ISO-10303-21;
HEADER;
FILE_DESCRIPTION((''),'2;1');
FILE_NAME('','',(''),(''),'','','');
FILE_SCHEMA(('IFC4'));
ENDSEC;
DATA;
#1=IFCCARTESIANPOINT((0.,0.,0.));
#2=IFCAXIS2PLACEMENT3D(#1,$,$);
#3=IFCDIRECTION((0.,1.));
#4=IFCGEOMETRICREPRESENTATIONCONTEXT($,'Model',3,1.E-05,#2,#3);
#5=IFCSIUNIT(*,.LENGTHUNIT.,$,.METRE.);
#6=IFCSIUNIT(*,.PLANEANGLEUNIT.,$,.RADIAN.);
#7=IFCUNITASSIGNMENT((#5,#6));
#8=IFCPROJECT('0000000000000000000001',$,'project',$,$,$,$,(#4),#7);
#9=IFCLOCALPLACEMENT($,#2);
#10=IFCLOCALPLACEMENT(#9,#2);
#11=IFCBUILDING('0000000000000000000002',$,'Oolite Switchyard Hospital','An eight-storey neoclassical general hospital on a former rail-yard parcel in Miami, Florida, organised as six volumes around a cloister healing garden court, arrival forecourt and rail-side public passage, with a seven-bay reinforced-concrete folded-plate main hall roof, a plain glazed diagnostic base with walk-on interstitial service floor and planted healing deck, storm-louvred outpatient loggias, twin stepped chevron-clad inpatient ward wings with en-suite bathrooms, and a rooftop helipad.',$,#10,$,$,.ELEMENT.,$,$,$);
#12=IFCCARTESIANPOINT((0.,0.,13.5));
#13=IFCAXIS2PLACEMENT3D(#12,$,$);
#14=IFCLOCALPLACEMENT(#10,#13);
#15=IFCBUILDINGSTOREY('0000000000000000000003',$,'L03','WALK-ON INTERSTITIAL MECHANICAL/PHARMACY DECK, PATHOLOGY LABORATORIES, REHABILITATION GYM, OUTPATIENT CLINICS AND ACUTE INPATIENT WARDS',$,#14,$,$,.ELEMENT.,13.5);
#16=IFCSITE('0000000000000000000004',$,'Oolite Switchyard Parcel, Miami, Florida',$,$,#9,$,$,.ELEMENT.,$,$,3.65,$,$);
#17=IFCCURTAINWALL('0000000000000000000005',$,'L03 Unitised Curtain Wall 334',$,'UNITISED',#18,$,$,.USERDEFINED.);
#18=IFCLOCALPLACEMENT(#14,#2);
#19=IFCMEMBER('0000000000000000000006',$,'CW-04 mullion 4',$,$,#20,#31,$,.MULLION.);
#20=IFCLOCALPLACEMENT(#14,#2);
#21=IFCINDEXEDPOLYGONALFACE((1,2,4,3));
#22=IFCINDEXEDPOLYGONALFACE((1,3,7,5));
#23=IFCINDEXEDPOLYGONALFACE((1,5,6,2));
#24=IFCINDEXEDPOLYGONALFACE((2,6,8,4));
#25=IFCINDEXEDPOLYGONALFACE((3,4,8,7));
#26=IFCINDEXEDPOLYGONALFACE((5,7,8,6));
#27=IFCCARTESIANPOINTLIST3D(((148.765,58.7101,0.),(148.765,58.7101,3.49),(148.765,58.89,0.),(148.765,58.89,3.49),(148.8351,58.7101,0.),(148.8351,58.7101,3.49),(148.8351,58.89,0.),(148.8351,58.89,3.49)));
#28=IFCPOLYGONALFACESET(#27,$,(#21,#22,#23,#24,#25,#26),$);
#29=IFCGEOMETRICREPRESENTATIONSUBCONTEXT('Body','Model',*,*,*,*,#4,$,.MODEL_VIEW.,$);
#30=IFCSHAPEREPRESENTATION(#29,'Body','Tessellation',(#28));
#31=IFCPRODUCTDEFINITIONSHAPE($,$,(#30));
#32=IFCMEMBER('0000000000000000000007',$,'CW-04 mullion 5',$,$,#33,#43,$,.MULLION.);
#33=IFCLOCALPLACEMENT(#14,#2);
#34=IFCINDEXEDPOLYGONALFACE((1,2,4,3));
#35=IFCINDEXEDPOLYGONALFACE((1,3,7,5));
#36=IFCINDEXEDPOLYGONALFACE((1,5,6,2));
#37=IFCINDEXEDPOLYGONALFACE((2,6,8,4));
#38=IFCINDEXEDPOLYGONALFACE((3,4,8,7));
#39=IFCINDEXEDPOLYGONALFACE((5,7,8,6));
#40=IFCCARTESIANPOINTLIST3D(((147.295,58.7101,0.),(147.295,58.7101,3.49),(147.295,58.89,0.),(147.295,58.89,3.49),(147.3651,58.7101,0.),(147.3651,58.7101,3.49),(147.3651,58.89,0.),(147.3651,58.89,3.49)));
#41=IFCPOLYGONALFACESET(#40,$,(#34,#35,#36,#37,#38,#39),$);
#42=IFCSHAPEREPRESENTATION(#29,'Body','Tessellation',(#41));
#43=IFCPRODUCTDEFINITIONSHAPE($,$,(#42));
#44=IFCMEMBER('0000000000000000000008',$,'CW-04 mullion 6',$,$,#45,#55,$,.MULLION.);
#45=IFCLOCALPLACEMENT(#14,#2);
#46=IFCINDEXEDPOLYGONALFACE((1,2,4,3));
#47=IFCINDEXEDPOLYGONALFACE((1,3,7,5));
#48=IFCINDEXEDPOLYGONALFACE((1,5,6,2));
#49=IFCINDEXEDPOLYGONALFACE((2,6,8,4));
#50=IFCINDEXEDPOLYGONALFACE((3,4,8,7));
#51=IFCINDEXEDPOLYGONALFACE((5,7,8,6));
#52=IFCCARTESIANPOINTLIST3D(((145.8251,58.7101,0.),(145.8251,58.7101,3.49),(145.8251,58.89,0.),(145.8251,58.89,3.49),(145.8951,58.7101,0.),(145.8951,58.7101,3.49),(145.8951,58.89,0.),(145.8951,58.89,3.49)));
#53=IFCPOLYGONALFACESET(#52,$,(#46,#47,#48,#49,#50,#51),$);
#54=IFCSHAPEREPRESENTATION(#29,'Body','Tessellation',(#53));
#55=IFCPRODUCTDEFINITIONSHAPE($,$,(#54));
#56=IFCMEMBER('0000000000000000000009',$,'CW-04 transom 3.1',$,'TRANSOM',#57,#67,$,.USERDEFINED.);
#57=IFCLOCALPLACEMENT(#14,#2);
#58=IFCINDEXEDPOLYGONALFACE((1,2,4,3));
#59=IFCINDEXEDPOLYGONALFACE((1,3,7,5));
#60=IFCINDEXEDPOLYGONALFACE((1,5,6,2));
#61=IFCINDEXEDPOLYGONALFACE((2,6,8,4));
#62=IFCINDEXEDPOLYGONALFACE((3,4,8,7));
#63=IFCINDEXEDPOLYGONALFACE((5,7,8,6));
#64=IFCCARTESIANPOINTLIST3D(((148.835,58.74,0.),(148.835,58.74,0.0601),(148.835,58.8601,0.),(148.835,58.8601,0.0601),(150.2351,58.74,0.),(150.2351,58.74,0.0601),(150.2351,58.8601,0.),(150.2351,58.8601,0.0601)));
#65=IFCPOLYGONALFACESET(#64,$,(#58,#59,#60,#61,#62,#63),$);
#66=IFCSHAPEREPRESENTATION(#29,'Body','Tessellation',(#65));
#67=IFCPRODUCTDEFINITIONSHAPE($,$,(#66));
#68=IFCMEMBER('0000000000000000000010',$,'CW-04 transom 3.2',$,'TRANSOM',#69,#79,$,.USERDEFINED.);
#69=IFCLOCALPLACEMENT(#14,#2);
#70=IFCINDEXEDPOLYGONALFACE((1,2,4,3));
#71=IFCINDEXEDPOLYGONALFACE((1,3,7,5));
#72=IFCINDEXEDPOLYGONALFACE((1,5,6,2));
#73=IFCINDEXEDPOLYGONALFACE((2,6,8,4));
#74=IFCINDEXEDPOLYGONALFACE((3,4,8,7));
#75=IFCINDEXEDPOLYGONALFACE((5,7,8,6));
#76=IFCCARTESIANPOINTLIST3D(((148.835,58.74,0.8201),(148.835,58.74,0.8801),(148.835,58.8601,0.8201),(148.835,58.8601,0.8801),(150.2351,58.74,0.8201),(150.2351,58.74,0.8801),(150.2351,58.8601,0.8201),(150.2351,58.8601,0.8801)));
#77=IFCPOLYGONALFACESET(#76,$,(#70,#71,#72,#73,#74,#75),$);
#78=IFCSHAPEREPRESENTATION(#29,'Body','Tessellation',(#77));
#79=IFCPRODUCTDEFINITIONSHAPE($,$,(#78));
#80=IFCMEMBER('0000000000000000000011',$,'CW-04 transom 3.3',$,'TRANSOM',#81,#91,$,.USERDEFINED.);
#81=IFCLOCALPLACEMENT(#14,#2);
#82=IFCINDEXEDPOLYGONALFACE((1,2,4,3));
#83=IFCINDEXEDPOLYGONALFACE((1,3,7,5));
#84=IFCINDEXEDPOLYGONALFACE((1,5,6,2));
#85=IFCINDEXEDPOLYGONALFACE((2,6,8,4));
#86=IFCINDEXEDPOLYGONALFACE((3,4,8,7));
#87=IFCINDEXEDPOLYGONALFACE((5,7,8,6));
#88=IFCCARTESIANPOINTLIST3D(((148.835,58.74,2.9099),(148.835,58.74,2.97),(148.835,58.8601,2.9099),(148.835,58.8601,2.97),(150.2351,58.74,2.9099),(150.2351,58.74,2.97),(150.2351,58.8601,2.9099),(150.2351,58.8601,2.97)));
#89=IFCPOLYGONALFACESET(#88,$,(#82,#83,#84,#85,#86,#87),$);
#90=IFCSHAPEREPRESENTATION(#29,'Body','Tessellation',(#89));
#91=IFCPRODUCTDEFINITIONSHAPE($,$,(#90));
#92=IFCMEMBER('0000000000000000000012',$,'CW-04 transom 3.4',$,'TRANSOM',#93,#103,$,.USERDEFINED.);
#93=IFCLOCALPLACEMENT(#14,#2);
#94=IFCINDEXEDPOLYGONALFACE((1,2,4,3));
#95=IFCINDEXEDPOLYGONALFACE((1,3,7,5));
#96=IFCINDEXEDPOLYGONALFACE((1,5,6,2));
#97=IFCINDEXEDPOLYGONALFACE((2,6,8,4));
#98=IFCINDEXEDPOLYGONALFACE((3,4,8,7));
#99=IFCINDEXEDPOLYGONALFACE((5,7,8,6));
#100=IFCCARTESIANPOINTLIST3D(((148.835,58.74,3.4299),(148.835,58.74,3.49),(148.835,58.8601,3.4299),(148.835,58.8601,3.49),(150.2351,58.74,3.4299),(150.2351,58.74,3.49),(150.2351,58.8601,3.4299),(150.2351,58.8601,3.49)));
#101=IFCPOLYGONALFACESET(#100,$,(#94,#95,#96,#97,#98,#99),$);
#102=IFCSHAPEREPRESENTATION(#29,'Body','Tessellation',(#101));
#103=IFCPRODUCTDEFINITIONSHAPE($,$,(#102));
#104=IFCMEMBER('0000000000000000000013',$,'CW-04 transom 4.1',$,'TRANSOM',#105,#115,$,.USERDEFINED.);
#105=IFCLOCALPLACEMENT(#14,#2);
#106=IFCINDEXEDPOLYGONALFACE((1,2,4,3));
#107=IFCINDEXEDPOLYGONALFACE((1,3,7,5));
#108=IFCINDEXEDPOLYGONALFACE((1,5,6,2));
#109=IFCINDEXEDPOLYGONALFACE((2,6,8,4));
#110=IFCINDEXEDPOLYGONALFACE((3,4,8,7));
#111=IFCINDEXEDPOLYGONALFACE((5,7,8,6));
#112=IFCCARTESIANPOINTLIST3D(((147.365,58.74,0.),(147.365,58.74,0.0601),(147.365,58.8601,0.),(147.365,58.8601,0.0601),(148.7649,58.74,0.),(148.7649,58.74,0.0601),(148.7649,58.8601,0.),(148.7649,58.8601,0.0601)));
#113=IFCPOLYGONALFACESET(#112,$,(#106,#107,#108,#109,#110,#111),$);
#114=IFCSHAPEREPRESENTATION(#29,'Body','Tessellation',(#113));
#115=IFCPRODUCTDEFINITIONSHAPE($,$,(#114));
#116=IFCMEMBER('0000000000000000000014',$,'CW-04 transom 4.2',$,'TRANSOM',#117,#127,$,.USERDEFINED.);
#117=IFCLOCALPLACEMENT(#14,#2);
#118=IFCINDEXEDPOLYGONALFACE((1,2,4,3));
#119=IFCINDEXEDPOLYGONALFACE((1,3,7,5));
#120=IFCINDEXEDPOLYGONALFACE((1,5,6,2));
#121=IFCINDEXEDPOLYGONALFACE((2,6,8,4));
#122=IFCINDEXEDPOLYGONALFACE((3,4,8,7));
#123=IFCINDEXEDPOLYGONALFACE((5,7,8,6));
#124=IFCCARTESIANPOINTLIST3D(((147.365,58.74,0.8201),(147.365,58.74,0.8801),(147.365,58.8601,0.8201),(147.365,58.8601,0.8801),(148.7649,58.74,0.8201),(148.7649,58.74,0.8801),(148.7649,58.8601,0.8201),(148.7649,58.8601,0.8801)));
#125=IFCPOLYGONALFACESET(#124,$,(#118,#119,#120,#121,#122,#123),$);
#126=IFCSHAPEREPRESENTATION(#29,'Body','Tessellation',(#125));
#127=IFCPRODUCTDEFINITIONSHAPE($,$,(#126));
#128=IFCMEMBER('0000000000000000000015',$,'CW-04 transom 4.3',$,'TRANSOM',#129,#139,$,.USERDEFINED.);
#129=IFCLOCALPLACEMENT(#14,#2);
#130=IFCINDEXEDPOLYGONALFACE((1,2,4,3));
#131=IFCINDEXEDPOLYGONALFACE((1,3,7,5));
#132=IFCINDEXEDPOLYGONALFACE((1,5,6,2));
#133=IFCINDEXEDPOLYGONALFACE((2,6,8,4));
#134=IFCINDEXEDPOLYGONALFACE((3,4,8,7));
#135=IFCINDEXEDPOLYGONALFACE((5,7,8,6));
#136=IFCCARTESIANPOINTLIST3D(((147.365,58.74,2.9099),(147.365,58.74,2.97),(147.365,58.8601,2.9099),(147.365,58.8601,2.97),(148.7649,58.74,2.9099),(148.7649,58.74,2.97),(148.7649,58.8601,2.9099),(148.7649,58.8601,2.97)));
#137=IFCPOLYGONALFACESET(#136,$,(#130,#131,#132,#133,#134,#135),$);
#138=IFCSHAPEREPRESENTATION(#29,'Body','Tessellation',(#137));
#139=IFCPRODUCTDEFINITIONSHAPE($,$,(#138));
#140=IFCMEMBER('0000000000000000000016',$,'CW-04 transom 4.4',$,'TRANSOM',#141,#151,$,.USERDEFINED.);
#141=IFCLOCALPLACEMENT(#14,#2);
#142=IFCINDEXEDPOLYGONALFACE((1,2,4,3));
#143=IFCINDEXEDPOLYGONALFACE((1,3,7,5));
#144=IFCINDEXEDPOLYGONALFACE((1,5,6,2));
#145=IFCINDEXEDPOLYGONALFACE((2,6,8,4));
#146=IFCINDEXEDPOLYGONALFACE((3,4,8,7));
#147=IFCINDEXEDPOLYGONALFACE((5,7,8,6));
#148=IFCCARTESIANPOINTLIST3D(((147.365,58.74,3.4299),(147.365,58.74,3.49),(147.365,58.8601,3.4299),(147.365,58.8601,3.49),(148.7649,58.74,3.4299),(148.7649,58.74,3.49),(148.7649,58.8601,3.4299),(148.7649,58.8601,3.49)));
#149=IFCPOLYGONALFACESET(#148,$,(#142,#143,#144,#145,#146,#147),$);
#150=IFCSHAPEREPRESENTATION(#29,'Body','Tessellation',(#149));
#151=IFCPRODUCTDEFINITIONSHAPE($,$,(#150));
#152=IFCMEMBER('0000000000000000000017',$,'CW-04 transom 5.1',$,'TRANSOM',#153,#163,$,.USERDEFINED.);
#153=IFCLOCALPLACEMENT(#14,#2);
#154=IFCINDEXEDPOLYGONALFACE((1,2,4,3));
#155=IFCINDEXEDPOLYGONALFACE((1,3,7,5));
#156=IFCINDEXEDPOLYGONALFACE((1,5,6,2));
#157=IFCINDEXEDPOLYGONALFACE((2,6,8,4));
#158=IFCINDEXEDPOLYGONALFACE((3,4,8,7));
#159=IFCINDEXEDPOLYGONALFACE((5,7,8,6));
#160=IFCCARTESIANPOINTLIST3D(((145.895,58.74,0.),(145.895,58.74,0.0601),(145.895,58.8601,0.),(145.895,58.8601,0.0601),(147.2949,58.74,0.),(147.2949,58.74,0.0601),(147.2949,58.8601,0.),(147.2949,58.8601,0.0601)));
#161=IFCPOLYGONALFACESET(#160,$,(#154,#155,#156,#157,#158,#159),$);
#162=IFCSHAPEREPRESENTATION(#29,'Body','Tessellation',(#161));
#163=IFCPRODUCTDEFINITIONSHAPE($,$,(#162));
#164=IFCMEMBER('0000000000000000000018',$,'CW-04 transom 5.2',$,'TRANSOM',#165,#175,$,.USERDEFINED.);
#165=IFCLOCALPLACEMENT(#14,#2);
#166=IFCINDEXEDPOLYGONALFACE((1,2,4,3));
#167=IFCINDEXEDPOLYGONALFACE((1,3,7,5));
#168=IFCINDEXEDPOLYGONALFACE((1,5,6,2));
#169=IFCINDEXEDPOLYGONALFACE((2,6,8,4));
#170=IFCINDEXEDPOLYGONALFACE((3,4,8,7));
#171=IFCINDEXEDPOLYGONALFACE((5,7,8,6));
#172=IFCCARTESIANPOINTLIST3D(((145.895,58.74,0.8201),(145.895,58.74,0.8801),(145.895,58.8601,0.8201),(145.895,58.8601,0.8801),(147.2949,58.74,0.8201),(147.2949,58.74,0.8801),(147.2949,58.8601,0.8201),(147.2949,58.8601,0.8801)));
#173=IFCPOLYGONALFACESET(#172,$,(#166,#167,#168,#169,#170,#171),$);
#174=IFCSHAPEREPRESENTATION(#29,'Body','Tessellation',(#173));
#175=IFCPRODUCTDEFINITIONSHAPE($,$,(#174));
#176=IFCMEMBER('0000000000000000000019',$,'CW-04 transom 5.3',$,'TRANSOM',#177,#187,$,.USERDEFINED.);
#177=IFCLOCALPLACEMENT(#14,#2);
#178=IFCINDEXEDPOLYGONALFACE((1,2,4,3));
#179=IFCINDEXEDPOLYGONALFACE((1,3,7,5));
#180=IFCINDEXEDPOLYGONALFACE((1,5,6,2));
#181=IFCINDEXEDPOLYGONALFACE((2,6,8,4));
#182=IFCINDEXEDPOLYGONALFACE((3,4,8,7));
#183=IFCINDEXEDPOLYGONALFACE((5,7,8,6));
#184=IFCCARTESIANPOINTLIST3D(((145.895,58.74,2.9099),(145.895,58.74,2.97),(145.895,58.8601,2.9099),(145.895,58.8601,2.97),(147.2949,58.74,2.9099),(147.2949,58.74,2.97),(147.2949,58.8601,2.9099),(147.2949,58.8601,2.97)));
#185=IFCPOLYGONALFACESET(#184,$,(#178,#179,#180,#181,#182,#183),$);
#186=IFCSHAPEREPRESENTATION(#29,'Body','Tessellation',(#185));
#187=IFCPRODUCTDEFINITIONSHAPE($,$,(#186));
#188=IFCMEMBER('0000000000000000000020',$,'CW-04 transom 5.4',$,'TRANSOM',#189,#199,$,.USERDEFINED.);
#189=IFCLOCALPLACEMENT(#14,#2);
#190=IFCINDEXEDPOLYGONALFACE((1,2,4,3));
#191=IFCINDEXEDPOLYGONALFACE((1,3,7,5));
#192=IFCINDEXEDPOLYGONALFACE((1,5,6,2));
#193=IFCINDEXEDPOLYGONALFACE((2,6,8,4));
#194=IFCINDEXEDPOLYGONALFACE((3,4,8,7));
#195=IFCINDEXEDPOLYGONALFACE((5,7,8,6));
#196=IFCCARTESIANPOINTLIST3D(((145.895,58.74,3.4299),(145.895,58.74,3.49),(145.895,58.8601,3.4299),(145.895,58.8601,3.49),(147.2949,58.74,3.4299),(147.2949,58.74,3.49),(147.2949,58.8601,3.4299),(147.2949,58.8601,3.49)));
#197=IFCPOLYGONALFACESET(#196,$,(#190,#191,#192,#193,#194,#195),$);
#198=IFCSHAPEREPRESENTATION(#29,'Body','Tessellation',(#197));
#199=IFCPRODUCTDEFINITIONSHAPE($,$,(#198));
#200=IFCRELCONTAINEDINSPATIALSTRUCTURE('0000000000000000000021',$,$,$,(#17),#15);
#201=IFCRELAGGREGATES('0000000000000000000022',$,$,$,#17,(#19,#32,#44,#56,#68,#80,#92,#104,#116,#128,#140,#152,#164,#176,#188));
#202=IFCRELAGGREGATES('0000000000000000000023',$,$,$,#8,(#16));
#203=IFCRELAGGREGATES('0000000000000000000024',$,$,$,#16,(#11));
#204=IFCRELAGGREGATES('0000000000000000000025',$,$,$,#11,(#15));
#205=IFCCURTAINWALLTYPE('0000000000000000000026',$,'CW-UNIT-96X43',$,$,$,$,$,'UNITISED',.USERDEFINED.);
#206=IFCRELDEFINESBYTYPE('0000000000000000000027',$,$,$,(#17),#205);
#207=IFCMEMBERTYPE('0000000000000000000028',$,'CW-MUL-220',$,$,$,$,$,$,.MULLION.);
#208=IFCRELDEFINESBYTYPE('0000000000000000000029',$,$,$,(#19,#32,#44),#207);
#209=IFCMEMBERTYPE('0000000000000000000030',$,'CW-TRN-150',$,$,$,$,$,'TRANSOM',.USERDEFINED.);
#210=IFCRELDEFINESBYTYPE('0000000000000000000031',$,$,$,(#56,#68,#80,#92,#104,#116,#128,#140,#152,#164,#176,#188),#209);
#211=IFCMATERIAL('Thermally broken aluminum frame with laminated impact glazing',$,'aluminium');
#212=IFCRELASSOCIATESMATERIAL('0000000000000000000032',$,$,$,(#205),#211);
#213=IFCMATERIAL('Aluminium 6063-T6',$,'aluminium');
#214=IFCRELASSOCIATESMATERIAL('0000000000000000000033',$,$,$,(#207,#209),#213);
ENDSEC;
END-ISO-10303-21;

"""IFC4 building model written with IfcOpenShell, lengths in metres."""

from ifc_helpers import new_model, si_unit, direction, frame, origin, origin_2d, place, context, subcontext, project, spatial, rectangle, extrude, material, material_profile, profile_set, type_object, element, aggregate, save


model = new_model("IFC4")

# Units and contexts
model_context = context("Model", 3, precision=1e-05, world=origin(), true_north=direction((0.0, 1.0)))
body_context = subcontext(model_context, "Body", "Model", "MODEL_VIEW")
ifc_project = project(units=[si_unit("LENGTHUNIT", "METRE"), si_unit("PLANEANGLEUNIT", "RADIAN")], contexts=[model_context])

# Site, building, storey
site_placement = place(None, origin())
site = spatial("IfcSite", under=ifc_project, at=site_placement, Name="Oolite Switchyard Parcel, Miami, Florida", CompositionType="ELEMENT", RefElevation=3.65)
building_placement = place(site_placement, origin())
building = spatial("IfcBuilding", under=site, at=building_placement, Name="Oolite Switchyard Hospital", Description="An eight-storey neoclassical general hospital on a former rail-yard parcel in Miami, Florida, organised as six volumes around a cloister healing garden court, arrival forecourt and rail-side public passage, with a seven-bay reinforced-concrete folded-plate main hall roof, a plain glazed diagnostic base with walk-on interstitial service floor and planted healing deck, storm-louvred outpatient loggias, twin stepped chevron-clad inpatient ward wings with en-suite bathrooms, and a rooftop helipad.", CompositionType="ELEMENT")
storey_placement = place(building_placement, frame((0.0, 0.0, 13.5)))
storey = spatial("IfcBuildingStorey", under=building, at=storey_placement, Name="L03", Description="WALK-ON INTERSTITIAL MECHANICAL/PHARMACY DECK, PATHOLOGY LABORATORIES, REHABILITATION GYM, OUTPATIENT CLINICS AND ACUTE INPATIENT WARDS", CompositionType="ELEMENT", Elevation=13.5)

# Curtain wall, members
ifc_material_1 = material(Name="Thermally broken aluminum frame with laminated impact glazing", Category="aluminium")
curtain_wall_type = type_object("IfcCurtainWallType", Name="CW-UNIT-96X43", ElementType="UNITISED", PredefinedType="USERDEFINED", material=ifc_material_1)
curtain_wall_placement = place(storey_placement, origin())
curtain_wall = element("IfcCurtainWall", 1, at=curtain_wall_placement, inside=storey, type_object=curtain_wall_type, Name="L03 Unitised Curtain Wall 334", ObjectType="UNITISED", PredefinedType="USERDEFINED")
ifc_material_2 = material(Name="Aluminium 6063-T6", Category="aluminium")
ifc_material_profile_1 = material_profile(ifc_material_2, rectangle(XDim=0.1799, YDim=0.0701, at=origin_2d()), Name="CWM70X180")
ifc_profile_set_1 = profile_set([ifc_material_profile_1], Name="Aluminium 6063-T6")
member_type_1 = type_object("IfcMemberType", Name="CW-MUL-220", PredefinedType="MULLION", material=ifc_profile_set_1)
member_1_placement = place(storey_placement, frame((148.8, 58.8, 0.0), z_axis=(0.0, 0.0, 1.0), x_axis=(0.0, -1.0, 0.0)))
member_1 = element("IfcMember", 2, at=member_1_placement, type_object=member_type_1, Name="CW-04 mullion 4", PredefinedType="MULLION", context=body_context, shape_type="SweptSolid", body=[
    extrude(rectangle(XDim=0.1799, YDim=0.0701, at=origin_2d()), origin(), (0.0, 0.0, 1.0), 3.49),
])
member_2_placement = place(storey_placement, frame((147.3301, 58.8, 0.0), z_axis=(0.0, 0.0, 1.0), x_axis=(0.0, -1.0, 0.0)))
member_2 = element("IfcMember", 3, at=member_2_placement, type_object=member_type_1, Name="CW-04 mullion 5", PredefinedType="MULLION", context=body_context, shape_type="SweptSolid", body=[
    extrude(rectangle(XDim=0.1799, YDim=0.0701, at=origin_2d()), origin(), (0.0, 0.0, 1.0), 3.49),
])
member_3_placement = place(storey_placement, frame((145.8601, 58.8, 0.0), z_axis=(0.0, 0.0, 1.0), x_axis=(0.0, -1.0, 0.0)))
member_3 = element("IfcMember", 4, at=member_3_placement, type_object=member_type_1, Name="CW-04 mullion 6", PredefinedType="MULLION", context=body_context, shape_type="SweptSolid", body=[
    extrude(rectangle(XDim=0.1799, YDim=0.0701, at=origin_2d()), origin(), (0.0, 0.0, 1.0), 3.49),
])
ifc_material_profile_2 = material_profile(ifc_material_2, rectangle(XDim=0.1201, YDim=0.0601, at=origin_2d()), Name="CWT60X120")
ifc_profile_set_2 = profile_set([ifc_material_profile_2], Name="Aluminium 6063-T6")
member_type_2 = type_object("IfcMemberType", Name="CW-TRN-150", ElementType="TRANSOM", PredefinedType="USERDEFINED", material=ifc_profile_set_2)
member_4_placement = place(storey_placement, frame((150.2351, 58.8, 0.03), z_axis=(-1.0, 0.0, 0.0), x_axis=(0.0, -1.0, 0.0)))
member_4 = element("IfcMember", 5, at=member_4_placement, type_object=member_type_2, Name="CW-04 transom 3.1", ObjectType="TRANSOM", PredefinedType="USERDEFINED", context=body_context, shape_type="SweptSolid", body=[
    extrude(rectangle(XDim=0.1201, YDim=0.0601, at=origin_2d()), origin(), (0.0, 0.0, 1.0), 1.4001),
])
member_5_placement = place(storey_placement, frame((150.2351, 58.8, 0.8501), z_axis=(-1.0, 0.0, 0.0), x_axis=(0.0, -1.0, 0.0)))
member_5 = element("IfcMember", 6, at=member_5_placement, type_object=member_type_2, Name="CW-04 transom 3.2", ObjectType="TRANSOM", PredefinedType="USERDEFINED", context=body_context, shape_type="SweptSolid", body=[
    extrude(rectangle(XDim=0.1201, YDim=0.0601, at=origin_2d()), origin(), (0.0, 0.0, 1.0), 1.4001),
])
member_6_placement = place(storey_placement, frame((150.2351, 58.8, 2.9399), z_axis=(-1.0, 0.0, 0.0), x_axis=(0.0, -1.0, 0.0)))
member_6 = element("IfcMember", 7, at=member_6_placement, type_object=member_type_2, Name="CW-04 transom 3.3", ObjectType="TRANSOM", PredefinedType="USERDEFINED", context=body_context, shape_type="SweptSolid", body=[
    extrude(rectangle(XDim=0.1201, YDim=0.0601, at=origin_2d()), origin(), (0.0, 0.0, 1.0), 1.4001),
])
member_7_placement = place(storey_placement, frame((150.2351, 58.8, 3.46), z_axis=(-1.0, 0.0, 0.0), x_axis=(0.0, -1.0, 0.0)))
member_7 = element("IfcMember", 8, at=member_7_placement, type_object=member_type_2, Name="CW-04 transom 3.4", ObjectType="TRANSOM", PredefinedType="USERDEFINED", context=body_context, shape_type="SweptSolid", body=[
    extrude(rectangle(XDim=0.1201, YDim=0.0601, at=origin_2d()), origin(), (0.0, 0.0, 1.0), 1.4001),
])
member_8_placement = place(storey_placement, frame((148.7649, 58.8, 0.03), z_axis=(-1.0, 0.0, 0.0), x_axis=(0.0, -1.0, 0.0)))
member_8 = element("IfcMember", 9, at=member_8_placement, type_object=member_type_2, Name="CW-04 transom 4.1", ObjectType="TRANSOM", PredefinedType="USERDEFINED", context=body_context, shape_type="SweptSolid", body=[
    extrude(rectangle(XDim=0.1201, YDim=0.0601, at=origin_2d()), origin(), (0.0, 0.0, 1.0), 1.3999),
])
member_9_placement = place(storey_placement, frame((148.7649, 58.8, 0.8501), z_axis=(-1.0, 0.0, 0.0), x_axis=(0.0, -1.0, 0.0)))
member_9 = element("IfcMember", 10, at=member_9_placement, type_object=member_type_2, Name="CW-04 transom 4.2", ObjectType="TRANSOM", PredefinedType="USERDEFINED", context=body_context, shape_type="SweptSolid", body=[
    extrude(rectangle(XDim=0.1201, YDim=0.0601, at=origin_2d()), origin(), (0.0, 0.0, 1.0), 1.3999),
])
member_10_placement = place(storey_placement, frame((148.7649, 58.8, 2.9399), z_axis=(-1.0, 0.0, 0.0), x_axis=(0.0, -1.0, 0.0)))
member_10 = element("IfcMember", 11, at=member_10_placement, type_object=member_type_2, Name="CW-04 transom 4.3", ObjectType="TRANSOM", PredefinedType="USERDEFINED", context=body_context, shape_type="SweptSolid", body=[
    extrude(rectangle(XDim=0.1201, YDim=0.0601, at=origin_2d()), origin(), (0.0, 0.0, 1.0), 1.3999),
])
member_11_placement = place(storey_placement, frame((148.7649, 58.8, 3.46), z_axis=(-1.0, 0.0, 0.0), x_axis=(0.0, -1.0, 0.0)))
member_11 = element("IfcMember", 12, at=member_11_placement, type_object=member_type_2, Name="CW-04 transom 4.4", ObjectType="TRANSOM", PredefinedType="USERDEFINED", context=body_context, shape_type="SweptSolid", body=[
    extrude(rectangle(XDim=0.1201, YDim=0.0601, at=origin_2d()), origin(), (0.0, 0.0, 1.0), 1.3999),
])
member_12_placement = place(storey_placement, frame((147.2949, 58.8, 0.03), z_axis=(-1.0, 0.0, 0.0), x_axis=(0.0, -1.0, 0.0)))
member_12 = element("IfcMember", 13, at=member_12_placement, type_object=member_type_2, Name="CW-04 transom 5.1", ObjectType="TRANSOM", PredefinedType="USERDEFINED", context=body_context, shape_type="SweptSolid", body=[
    extrude(rectangle(XDim=0.1201, YDim=0.0601, at=origin_2d()), origin(), (0.0, 0.0, 1.0), 1.3999),
])
member_13_placement = place(storey_placement, frame((147.2949, 58.8, 0.8501), z_axis=(-1.0, 0.0, 0.0), x_axis=(0.0, -1.0, 0.0)))
member_13 = element("IfcMember", 14, at=member_13_placement, type_object=member_type_2, Name="CW-04 transom 5.2", ObjectType="TRANSOM", PredefinedType="USERDEFINED", context=body_context, shape_type="SweptSolid", body=[
    extrude(rectangle(XDim=0.1201, YDim=0.0601, at=origin_2d()), origin(), (0.0, 0.0, 1.0), 1.3999),
])
member_14_placement = place(storey_placement, frame((147.2949, 58.8, 2.9399), z_axis=(-1.0, 0.0, 0.0), x_axis=(0.0, -1.0, 0.0)))
member_14 = element("IfcMember", 15, at=member_14_placement, type_object=member_type_2, Name="CW-04 transom 5.3", ObjectType="TRANSOM", PredefinedType="USERDEFINED", context=body_context, shape_type="SweptSolid", body=[
    extrude(rectangle(XDim=0.1201, YDim=0.0601, at=origin_2d()), origin(), (0.0, 0.0, 1.0), 1.3999),
])
member_15_placement = place(storey_placement, frame((147.2949, 58.8, 3.46), z_axis=(-1.0, 0.0, 0.0), x_axis=(0.0, -1.0, 0.0)))
member_15 = element("IfcMember", 16, at=member_15_placement, type_object=member_type_2, Name="CW-04 transom 5.4", ObjectType="TRANSOM", PredefinedType="USERDEFINED", context=body_context, shape_type="SweptSolid", body=[
    extrude(rectangle(XDim=0.1201, YDim=0.0601, at=origin_2d()), origin(), (0.0, 0.0, 1.0), 1.3999),
])
aggregate(curtain_wall, [member_1, member_2, member_3, member_4, member_5, member_6, member_7, member_8, member_9, member_10, member_11, member_12, member_13, member_14, member_15])

save(model, "model.ifc")
